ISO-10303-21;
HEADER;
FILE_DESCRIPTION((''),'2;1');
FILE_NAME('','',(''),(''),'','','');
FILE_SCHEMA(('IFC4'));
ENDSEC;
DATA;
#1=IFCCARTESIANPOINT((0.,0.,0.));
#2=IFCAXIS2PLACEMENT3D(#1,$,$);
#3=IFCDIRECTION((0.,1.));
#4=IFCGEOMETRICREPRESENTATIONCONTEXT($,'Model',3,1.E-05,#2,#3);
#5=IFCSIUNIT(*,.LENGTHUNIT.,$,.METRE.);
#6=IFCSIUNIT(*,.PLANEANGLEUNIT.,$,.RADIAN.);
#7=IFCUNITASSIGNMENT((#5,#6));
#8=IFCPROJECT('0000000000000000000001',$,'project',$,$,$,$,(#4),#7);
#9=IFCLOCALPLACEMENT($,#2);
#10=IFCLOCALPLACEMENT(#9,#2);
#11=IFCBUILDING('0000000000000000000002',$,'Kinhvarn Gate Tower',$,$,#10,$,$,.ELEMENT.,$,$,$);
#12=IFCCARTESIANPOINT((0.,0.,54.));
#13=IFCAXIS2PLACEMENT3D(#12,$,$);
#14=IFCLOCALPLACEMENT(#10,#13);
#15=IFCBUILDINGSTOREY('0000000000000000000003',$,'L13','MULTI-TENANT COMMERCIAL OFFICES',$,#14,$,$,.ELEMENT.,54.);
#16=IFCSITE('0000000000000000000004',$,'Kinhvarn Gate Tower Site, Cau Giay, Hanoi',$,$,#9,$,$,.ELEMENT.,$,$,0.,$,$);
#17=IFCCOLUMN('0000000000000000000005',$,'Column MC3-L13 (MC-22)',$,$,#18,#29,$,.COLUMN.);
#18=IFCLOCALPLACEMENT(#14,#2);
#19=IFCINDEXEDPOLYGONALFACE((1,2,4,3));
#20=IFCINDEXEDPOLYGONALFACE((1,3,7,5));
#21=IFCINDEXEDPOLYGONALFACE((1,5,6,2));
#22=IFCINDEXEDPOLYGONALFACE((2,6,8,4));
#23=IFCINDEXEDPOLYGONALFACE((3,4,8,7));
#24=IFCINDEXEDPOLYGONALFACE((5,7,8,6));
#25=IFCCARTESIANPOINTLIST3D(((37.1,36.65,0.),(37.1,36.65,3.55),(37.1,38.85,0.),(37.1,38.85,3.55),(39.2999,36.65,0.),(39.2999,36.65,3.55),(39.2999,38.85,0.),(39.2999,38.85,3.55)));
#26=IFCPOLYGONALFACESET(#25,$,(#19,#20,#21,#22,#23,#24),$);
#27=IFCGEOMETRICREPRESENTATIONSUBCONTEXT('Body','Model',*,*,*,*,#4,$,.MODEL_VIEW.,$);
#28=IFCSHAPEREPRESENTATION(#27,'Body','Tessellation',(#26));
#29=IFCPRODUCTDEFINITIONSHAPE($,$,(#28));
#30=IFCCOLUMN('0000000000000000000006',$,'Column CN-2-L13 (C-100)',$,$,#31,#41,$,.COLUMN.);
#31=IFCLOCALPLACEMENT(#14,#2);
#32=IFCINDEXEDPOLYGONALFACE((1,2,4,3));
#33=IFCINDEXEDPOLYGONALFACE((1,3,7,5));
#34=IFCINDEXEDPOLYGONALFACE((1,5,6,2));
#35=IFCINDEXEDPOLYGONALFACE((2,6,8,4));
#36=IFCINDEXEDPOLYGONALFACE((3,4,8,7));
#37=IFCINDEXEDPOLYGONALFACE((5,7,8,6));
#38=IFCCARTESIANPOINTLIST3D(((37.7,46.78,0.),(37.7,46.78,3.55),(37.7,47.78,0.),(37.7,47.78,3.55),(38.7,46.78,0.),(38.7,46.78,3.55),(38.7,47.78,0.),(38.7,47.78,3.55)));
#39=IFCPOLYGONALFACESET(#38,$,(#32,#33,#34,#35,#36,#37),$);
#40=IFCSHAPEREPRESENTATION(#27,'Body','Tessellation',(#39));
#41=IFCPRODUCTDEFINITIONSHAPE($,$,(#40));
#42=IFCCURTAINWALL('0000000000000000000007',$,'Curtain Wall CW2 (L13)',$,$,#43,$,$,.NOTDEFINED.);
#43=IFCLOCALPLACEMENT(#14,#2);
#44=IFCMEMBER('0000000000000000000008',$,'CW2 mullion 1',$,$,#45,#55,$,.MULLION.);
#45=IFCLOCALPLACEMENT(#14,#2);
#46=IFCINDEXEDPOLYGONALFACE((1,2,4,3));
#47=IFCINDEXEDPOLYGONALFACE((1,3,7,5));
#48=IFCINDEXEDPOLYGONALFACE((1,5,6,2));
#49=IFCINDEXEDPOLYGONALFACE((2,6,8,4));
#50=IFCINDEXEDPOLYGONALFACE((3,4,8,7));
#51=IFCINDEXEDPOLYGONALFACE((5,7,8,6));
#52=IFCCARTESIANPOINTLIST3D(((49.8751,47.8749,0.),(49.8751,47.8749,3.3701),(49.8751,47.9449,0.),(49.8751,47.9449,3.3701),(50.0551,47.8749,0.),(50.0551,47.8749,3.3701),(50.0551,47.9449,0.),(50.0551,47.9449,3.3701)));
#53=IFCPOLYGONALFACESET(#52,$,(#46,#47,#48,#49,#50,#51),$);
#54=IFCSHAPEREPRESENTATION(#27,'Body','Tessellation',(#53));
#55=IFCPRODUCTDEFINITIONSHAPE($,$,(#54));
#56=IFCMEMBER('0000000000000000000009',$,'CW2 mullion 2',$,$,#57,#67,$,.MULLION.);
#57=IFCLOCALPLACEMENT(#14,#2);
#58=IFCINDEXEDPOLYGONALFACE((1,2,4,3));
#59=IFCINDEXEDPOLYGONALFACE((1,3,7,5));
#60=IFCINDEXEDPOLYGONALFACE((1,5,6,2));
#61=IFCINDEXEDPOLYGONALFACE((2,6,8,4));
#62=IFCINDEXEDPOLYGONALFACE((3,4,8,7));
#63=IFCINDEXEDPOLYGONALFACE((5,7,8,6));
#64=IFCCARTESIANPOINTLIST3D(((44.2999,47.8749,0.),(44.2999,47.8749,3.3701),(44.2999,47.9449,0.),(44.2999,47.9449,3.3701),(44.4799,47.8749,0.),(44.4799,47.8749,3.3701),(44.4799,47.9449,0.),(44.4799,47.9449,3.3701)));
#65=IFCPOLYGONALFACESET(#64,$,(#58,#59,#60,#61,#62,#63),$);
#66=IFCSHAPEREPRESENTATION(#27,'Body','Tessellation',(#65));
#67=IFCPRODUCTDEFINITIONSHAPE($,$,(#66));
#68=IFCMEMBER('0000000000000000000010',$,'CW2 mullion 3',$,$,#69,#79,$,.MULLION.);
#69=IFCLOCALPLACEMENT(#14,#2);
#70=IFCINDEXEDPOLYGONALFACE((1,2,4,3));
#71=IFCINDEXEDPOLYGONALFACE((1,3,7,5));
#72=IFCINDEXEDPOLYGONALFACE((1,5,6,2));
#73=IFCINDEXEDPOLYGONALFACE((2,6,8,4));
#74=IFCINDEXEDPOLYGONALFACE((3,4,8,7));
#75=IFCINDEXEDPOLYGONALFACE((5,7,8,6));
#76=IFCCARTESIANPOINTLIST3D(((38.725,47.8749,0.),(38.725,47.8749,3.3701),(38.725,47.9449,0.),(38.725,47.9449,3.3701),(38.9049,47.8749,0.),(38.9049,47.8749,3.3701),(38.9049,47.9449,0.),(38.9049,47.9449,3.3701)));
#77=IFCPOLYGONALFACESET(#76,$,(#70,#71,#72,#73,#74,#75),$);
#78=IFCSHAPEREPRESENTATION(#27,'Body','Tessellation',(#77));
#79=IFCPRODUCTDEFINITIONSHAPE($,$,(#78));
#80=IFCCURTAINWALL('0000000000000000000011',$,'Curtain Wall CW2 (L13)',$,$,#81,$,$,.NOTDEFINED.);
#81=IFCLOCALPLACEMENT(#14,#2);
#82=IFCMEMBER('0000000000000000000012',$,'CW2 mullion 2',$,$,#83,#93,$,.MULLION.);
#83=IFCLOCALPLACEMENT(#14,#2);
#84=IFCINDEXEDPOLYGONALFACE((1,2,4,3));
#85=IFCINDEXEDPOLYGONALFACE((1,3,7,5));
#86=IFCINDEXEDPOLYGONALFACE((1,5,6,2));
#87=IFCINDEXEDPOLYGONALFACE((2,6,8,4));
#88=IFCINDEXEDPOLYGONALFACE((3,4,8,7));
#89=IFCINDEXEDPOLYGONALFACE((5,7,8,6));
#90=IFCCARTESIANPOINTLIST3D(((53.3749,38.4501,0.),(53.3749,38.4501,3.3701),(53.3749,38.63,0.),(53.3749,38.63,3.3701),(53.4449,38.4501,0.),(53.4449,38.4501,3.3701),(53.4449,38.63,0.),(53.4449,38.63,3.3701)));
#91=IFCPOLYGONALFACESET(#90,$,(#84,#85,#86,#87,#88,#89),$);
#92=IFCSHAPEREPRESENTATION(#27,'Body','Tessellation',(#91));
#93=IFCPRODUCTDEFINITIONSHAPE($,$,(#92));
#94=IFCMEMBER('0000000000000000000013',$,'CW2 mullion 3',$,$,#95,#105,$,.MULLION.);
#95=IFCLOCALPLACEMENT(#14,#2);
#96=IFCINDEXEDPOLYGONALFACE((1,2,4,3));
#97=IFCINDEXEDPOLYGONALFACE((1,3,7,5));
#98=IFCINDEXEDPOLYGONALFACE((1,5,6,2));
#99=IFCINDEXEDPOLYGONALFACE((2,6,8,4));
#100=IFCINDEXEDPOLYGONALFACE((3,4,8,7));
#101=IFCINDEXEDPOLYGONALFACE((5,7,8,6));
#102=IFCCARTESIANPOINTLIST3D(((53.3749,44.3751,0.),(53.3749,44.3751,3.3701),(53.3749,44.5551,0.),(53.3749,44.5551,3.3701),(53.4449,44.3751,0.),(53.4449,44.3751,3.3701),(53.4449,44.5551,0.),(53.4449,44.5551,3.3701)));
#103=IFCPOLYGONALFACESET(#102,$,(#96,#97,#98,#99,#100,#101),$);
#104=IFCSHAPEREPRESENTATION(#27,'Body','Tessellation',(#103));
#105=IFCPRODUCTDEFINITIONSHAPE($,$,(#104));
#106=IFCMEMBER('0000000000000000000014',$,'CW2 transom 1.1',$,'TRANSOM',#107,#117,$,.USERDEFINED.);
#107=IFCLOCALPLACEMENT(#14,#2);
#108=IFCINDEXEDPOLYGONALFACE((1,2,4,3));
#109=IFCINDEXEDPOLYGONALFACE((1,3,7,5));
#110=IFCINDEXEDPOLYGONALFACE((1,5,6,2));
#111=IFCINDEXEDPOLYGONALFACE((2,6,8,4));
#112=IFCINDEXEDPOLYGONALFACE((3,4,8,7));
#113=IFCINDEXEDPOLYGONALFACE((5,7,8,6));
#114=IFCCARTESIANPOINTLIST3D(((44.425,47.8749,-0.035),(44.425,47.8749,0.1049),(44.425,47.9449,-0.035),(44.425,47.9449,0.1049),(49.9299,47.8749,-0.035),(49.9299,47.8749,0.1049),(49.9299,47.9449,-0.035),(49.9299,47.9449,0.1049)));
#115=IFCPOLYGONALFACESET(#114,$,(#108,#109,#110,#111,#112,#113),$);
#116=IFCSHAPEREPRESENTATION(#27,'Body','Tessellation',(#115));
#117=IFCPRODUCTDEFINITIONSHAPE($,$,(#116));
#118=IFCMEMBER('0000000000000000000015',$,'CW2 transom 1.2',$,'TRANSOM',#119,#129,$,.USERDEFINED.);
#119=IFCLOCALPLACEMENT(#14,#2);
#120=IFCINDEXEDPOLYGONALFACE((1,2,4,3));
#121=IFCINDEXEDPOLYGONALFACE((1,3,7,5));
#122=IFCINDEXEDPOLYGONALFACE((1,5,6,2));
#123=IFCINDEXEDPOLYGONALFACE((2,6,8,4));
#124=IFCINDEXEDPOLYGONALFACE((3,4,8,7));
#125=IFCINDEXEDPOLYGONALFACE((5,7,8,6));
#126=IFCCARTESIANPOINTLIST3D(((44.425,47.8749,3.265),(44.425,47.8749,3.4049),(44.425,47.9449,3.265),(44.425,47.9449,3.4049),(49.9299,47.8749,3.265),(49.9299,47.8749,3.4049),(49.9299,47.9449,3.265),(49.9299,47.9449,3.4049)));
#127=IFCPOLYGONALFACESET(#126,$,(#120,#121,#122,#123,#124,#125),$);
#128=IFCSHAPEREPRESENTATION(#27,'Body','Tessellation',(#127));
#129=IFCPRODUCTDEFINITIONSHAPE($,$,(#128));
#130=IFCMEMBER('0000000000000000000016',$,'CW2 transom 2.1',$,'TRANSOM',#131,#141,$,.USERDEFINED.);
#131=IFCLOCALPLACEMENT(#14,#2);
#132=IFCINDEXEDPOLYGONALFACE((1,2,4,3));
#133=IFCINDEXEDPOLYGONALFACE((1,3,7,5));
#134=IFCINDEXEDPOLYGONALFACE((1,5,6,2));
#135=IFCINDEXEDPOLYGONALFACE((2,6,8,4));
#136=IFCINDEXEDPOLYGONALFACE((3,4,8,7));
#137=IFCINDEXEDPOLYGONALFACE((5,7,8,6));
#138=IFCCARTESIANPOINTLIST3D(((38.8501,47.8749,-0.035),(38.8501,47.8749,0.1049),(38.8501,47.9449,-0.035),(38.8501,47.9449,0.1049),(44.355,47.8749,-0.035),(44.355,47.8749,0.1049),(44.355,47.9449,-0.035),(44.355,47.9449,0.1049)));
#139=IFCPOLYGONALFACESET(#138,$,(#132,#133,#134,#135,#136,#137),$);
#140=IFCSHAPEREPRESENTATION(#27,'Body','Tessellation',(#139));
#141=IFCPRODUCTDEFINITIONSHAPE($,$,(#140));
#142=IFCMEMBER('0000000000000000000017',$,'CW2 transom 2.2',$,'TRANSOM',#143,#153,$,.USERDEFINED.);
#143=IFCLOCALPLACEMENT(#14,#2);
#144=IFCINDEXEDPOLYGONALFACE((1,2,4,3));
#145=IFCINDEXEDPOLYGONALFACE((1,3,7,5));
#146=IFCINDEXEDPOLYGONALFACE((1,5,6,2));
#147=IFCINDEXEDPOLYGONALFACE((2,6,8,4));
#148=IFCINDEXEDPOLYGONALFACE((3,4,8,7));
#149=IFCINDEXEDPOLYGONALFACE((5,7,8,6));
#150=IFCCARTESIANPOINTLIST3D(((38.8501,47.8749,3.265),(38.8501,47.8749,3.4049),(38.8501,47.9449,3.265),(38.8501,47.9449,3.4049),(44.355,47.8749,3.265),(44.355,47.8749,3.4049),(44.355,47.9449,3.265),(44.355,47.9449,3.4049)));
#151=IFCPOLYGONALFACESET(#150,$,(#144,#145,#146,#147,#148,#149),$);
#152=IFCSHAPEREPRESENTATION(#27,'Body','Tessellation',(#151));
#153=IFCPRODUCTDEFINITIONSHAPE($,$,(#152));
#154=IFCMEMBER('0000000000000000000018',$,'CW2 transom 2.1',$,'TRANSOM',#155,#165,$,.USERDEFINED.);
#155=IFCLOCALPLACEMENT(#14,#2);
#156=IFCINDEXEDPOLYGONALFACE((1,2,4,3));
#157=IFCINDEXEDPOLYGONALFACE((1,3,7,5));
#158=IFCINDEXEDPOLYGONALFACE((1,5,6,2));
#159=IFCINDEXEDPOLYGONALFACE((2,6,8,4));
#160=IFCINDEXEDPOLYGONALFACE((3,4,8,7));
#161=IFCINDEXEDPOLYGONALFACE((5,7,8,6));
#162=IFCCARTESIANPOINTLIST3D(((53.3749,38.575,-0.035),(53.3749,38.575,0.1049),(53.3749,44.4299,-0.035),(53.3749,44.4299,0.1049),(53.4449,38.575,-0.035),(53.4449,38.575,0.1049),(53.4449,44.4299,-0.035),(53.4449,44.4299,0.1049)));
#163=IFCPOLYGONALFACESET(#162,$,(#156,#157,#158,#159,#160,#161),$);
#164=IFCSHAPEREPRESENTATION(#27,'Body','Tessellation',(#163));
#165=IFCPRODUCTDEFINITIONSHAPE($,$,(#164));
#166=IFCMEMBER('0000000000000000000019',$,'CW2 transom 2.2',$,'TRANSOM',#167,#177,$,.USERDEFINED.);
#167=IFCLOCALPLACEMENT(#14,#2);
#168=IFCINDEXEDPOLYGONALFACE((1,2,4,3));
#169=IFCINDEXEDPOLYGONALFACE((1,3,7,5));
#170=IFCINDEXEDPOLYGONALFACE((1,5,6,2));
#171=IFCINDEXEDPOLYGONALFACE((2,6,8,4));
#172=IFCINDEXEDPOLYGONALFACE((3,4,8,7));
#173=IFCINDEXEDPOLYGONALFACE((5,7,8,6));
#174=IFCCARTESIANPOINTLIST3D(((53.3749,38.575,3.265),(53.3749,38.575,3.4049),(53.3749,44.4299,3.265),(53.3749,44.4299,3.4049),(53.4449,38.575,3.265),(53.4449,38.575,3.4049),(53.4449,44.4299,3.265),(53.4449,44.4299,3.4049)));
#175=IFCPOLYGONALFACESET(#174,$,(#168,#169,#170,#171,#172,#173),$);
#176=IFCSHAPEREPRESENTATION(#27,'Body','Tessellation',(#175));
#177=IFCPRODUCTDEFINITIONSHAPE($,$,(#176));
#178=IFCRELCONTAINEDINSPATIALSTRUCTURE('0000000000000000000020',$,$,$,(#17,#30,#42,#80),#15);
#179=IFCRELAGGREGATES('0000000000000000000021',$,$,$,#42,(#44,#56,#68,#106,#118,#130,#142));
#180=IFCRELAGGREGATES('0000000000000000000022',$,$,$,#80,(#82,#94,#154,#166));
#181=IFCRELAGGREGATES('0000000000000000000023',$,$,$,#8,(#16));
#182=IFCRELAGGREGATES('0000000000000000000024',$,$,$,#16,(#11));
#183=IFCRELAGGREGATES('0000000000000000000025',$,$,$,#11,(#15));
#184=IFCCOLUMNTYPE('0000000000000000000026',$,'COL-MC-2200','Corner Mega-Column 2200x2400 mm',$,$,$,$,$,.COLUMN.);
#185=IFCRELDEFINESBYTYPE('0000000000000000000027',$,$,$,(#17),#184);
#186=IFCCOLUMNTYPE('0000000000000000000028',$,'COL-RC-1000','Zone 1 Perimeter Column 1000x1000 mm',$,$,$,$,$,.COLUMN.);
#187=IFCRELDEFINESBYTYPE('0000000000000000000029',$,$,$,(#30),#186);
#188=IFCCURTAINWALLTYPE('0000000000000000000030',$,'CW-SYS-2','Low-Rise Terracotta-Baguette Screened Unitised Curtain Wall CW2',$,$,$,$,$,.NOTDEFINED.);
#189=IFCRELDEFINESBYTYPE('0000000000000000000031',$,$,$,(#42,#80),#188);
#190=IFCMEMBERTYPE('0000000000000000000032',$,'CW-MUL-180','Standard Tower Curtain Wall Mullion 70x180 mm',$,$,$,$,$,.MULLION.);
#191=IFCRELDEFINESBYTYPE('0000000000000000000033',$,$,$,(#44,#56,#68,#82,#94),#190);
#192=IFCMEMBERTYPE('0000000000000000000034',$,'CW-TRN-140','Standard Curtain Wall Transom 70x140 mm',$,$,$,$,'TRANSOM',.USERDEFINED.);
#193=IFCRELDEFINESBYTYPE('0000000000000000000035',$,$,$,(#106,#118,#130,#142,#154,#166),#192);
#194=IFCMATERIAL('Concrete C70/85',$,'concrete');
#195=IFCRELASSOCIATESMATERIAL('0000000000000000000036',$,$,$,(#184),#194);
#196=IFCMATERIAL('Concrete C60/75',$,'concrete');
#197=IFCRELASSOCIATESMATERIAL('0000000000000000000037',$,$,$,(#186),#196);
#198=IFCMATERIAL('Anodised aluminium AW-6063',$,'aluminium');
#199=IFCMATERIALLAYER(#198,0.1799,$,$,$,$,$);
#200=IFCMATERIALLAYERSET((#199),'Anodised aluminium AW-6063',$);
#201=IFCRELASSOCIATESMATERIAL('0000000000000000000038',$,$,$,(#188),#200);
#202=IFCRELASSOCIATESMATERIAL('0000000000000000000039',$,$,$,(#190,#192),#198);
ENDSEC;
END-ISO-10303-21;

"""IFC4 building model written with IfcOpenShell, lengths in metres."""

from ifc_helpers import new_model, si_unit, direction, frame, origin, origin_2d, place, context, subcontext, project, spatial, rectangle, extrude, material, layer, layer_set, material_profile, profile_set, type_object, element, aggregate, save


model = new_model("IFC4")

# Units and contexts
model_context = context("Model", 3, precision=1e-05, world=origin(), true_north=direction((0.0, 1.0)))
body_context = subcontext(model_context, "Body", "Model", "MODEL_VIEW")
ifc_project = project(units=[si_unit("LENGTHUNIT", "METRE"), si_unit("PLANEANGLEUNIT", "RADIAN")], contexts=[model_context])

# Site, building, storey
site_placement = place(None, origin())
site = spatial("IfcSite", under=ifc_project, at=site_placement, Name="Kinhvarn Gate Tower Site, Cau Giay, Hanoi", CompositionType="ELEMENT", RefElevation=0.0)
building_placement = place(site_placement, origin())
building = spatial("IfcBuilding", under=site, at=building_placement, Name="Kinhvarn Gate Tower", CompositionType="ELEMENT")
storey_placement = place(building_placement, frame((0.0, 0.0, 54.0)))
storey = spatial("IfcBuildingStorey", under=building, at=storey_placement, Name="L13", Description="MULTI-TENANT COMMERCIAL OFFICES", CompositionType="ELEMENT", Elevation=54.0)

# Columns
ifc_material_1 = material(Name="Concrete C70/85", Category="concrete")
ifc_material_profile_1 = material_profile(ifc_material_1, rectangle(XDim=2.2, YDim=2.2, at=origin_2d()), Name="RC 2200x2200")
ifc_profile_set_1 = profile_set([ifc_material_profile_1], Name="Concrete C70/85")
column_type_1 = type_object("IfcColumnType", Name="COL-MC-2200", Description="Corner Mega-Column 2200x2400 mm", PredefinedType="COLUMN", material=ifc_profile_set_1)
column_1_placement = place(storey_placement, frame((38.2, 37.75, 0.0), z_axis=(0.0, 0.0, 1.0), x_axis=(1.0, 0.0, 0.0)))
element("IfcColumn", 1, at=column_1_placement, inside=storey, type_object=column_type_1, Name="Column MC3-L13 (MC-22)", PredefinedType="COLUMN", context=body_context, shape_type="SweptSolid", body=[
    extrude(rectangle(XDim=2.2, YDim=2.2, at=origin_2d()), origin(), (0.0, 0.0, 1.0), 3.55),
])
ifc_material_2 = material(Name="Concrete C60/75", Category="concrete")
ifc_material_profile_2 = material_profile(ifc_material_2, rectangle(XDim=1.0, YDim=1.0, at=origin_2d()), Name="RC 1000x1000")
ifc_profile_set_2 = profile_set([ifc_material_profile_2], Name="Concrete C60/75")
column_type_2 = type_object("IfcColumnType", Name="COL-RC-1000", Description="Zone 1 Perimeter Column 1000x1000 mm", PredefinedType="COLUMN", material=ifc_profile_set_2)
column_2_placement = place(storey_placement, frame((38.2, 47.28, 0.0), z_axis=(0.0, 0.0, 1.0), x_axis=(1.0, 0.0, 0.0)))
element("IfcColumn", 2, at=column_2_placement, inside=storey, type_object=column_type_2, Name="Column CN-2-L13 (C-100)", PredefinedType="COLUMN", context=body_context, shape_type="SweptSolid", body=[
    extrude(rectangle(XDim=1.0, YDim=1.0, at=origin_2d()), origin(), (0.0, 0.0, 1.0), 3.55),
])

# Curtain walls, members
ifc_material_3 = material(Name="Anodised aluminium AW-6063", Category="aluminium")
ifc_layer_1 = layer(ifc_material_3, 0.1799)
ifc_layer_set_1 = layer_set([ifc_layer_1], Name="Anodised aluminium AW-6063")
curtain_wall_type = type_object("IfcCurtainWallType", Name="CW-SYS-2", Description="Low-Rise Terracotta-Baguette Screened Unitised Curtain Wall CW2", PredefinedType="NOTDEFINED", material=ifc_layer_set_1)
curtain_wall_1_placement = place(storey_placement, origin())
curtain_wall_1 = element("IfcCurtainWall", 3, at=curtain_wall_1_placement, inside=storey, type_object=curtain_wall_type, Name="Curtain Wall CW2 (L13)", PredefinedType="NOTDEFINED")
ifc_material_profile_3 = material_profile(ifc_material_3, rectangle(XDim=0.0701, YDim=0.1799, at=origin_2d()), Name="ALU 70x180")
ifc_profile_set_3 = profile_set([ifc_material_profile_3], Name="Anodised aluminium AW-6063")
member_type_1 = type_object("IfcMemberType", Name="CW-MUL-180", Description="Standard Tower Curtain Wall Mullion 70x180 mm", PredefinedType="MULLION", material=ifc_profile_set_3)
member_1_placement = place(storey_placement, frame((49.9651, 47.9099, 0.0), z_axis=(0.0, 0.0, 1.0), x_axis=(0.0, -1.0, 0.0)))
member_1 = element("IfcMember", 4, at=member_1_placement, type_object=member_type_1, Name="CW2 mullion 1", PredefinedType="MULLION", context=body_context, shape_type="SweptSolid", body=[
    extrude(rectangle(XDim=0.0701, YDim=0.1799, at=origin_2d()), origin(), (0.0, 0.0, 1.0), 3.3701),
])
member_2_placement = place(storey_placement, frame((44.3899, 47.9099, 0.0), z_axis=(0.0, 0.0, 1.0), x_axis=(0.0, -1.0, 0.0)))
member_2 = element("IfcMember", 5, at=member_2_placement, type_object=member_type_1, Name="CW2 mullion 2", PredefinedType="MULLION", context=body_context, shape_type="SweptSolid", body=[
    extrude(rectangle(XDim=0.0701, YDim=0.1799, at=origin_2d()), origin(), (0.0, 0.0, 1.0), 3.3701),
])
member_3_placement = place(storey_placement, frame((38.8149, 47.9099, 0.0), z_axis=(0.0, 0.0, 1.0), x_axis=(0.0, -1.0, 0.0)))
member_3 = element("IfcMember", 6, at=member_3_placement, type_object=member_type_1, Name="CW2 mullion 3", PredefinedType="MULLION", context=body_context, shape_type="SweptSolid", body=[
    extrude(rectangle(XDim=0.0701, YDim=0.1799, at=origin_2d()), origin(), (0.0, 0.0, 1.0), 3.3701),
])
curtain_wall_2_placement = place(storey_placement, origin())
curtain_wall_2 = element("IfcCurtainWall", 7, at=curtain_wall_2_placement, inside=storey, type_object=curtain_wall_type, Name="Curtain Wall CW2 (L13)", PredefinedType="NOTDEFINED")
member_4_placement = place(storey_placement, frame((53.4099, 38.54, 0.0), z_axis=(0.0, 0.0, 1.0), x_axis=(-1.0, 0.0, 0.0)))
member_4 = element("IfcMember", 8, at=member_4_placement, type_object=member_type_1, Name="CW2 mullion 2", PredefinedType="MULLION", context=body_context, shape_type="SweptSolid", body=[
    extrude(rectangle(XDim=0.0701, YDim=0.1799, at=origin_2d()), origin(), (0.0, 0.0, 1.0), 3.3701),
])
member_5_placement = place(storey_placement, frame((53.4099, 44.4651, 0.0), z_axis=(0.0, 0.0, 1.0), x_axis=(-1.0, 0.0, 0.0)))
member_5 = element("IfcMember", 9, at=member_5_placement, type_object=member_type_1, Name="CW2 mullion 3", PredefinedType="MULLION", context=body_context, shape_type="SweptSolid", body=[
    extrude(rectangle(XDim=0.0701, YDim=0.1799, at=origin_2d()), origin(), (0.0, 0.0, 1.0), 3.3701),
])

# Members
ifc_material_profile_4 = material_profile(ifc_material_3, rectangle(XDim=0.0701, YDim=0.1399, at=origin_2d()), Name="ALU 70x140")
ifc_profile_set_4 = profile_set([ifc_material_profile_4], Name="Anodised aluminium AW-6063")
member_type_2 = type_object("IfcMemberType", Name="CW-TRN-140", Description="Standard Curtain Wall Transom 70x140 mm", ElementType="TRANSOM", PredefinedType="USERDEFINED", material=ifc_profile_set_4)
member_6_placement = place(storey_placement, frame((49.9299, 47.9099, 0.0349), z_axis=(-1.0, 0.0, 0.0), x_axis=(0.0, -1.0, 0.0)))
member_6 = element("IfcMember", 10, at=member_6_placement, type_object=member_type_2, Name="CW2 transom 1.1", ObjectType="TRANSOM", PredefinedType="USERDEFINED", context=body_context, shape_type="SweptSolid", body=[
    extrude(rectangle(XDim=0.0701, YDim=0.1399, at=origin_2d()), origin(), (0.0, 0.0, 1.0), 5.5049),
])
member_7_placement = place(storey_placement, frame((49.9299, 47.9099, 3.335), z_axis=(-1.0, 0.0, 0.0), x_axis=(0.0, -1.0, 0.0)))
member_7 = element("IfcMember", 11, at=member_7_placement, type_object=member_type_2, Name="CW2 transom 1.2", ObjectType="TRANSOM", PredefinedType="USERDEFINED", context=body_context, shape_type="SweptSolid", body=[
    extrude(rectangle(XDim=0.0701, YDim=0.1399, at=origin_2d()), origin(), (0.0, 0.0, 1.0), 5.5049),
])
member_8_placement = place(storey_placement, frame((44.355, 47.9099, 0.0349), z_axis=(-1.0, 0.0, 0.0), x_axis=(0.0, -1.0, 0.0)))
member_8 = element("IfcMember", 12, at=member_8_placement, type_object=member_type_2, Name="CW2 transom 2.1", ObjectType="TRANSOM", PredefinedType="USERDEFINED", context=body_context, shape_type="SweptSolid", body=[
    extrude(rectangle(XDim=0.0701, YDim=0.1399, at=origin_2d()), origin(), (0.0, 0.0, 1.0), 5.5049),
])
member_9_placement = place(storey_placement, frame((44.355, 47.9099, 3.335), z_axis=(-1.0, 0.0, 0.0), x_axis=(0.0, -1.0, 0.0)))
member_9 = element("IfcMember", 13, at=member_9_placement, type_object=member_type_2, Name="CW2 transom 2.2", ObjectType="TRANSOM", PredefinedType="USERDEFINED", context=body_context, shape_type="SweptSolid", body=[
    extrude(rectangle(XDim=0.0701, YDim=0.1399, at=origin_2d()), origin(), (0.0, 0.0, 1.0), 5.5049),
])
member_10_placement = place(storey_placement, frame((53.4099, 38.575, 0.0349), z_axis=(0.0, 1.0, 0.0), x_axis=(-1.0, 0.0, 0.0)))
member_10 = element("IfcMember", 14, at=member_10_placement, type_object=member_type_2, Name="CW2 transom 2.1", ObjectType="TRANSOM", PredefinedType="USERDEFINED", context=body_context, shape_type="SweptSolid", body=[
    extrude(rectangle(XDim=0.0701, YDim=0.1399, at=origin_2d()), origin(), (0.0, 0.0, 1.0), 5.855),
])
member_11_placement = place(storey_placement, frame((53.4099, 38.575, 3.335), z_axis=(0.0, 1.0, 0.0), x_axis=(-1.0, 0.0, 0.0)))
member_11 = element("IfcMember", 15, at=member_11_placement, type_object=member_type_2, Name="CW2 transom 2.2", ObjectType="TRANSOM", PredefinedType="USERDEFINED", context=body_context, shape_type="SweptSolid", body=[
    extrude(rectangle(XDim=0.0701, YDim=0.1399, at=origin_2d()), origin(), (0.0, 0.0, 1.0), 5.855),
])

aggregate(curtain_wall_1, [member_1, member_2, member_3, member_6, member_7, member_8, member_9])
aggregate(curtain_wall_2, [member_4, member_5, member_10, member_11])

save(model, "model.ifc")
